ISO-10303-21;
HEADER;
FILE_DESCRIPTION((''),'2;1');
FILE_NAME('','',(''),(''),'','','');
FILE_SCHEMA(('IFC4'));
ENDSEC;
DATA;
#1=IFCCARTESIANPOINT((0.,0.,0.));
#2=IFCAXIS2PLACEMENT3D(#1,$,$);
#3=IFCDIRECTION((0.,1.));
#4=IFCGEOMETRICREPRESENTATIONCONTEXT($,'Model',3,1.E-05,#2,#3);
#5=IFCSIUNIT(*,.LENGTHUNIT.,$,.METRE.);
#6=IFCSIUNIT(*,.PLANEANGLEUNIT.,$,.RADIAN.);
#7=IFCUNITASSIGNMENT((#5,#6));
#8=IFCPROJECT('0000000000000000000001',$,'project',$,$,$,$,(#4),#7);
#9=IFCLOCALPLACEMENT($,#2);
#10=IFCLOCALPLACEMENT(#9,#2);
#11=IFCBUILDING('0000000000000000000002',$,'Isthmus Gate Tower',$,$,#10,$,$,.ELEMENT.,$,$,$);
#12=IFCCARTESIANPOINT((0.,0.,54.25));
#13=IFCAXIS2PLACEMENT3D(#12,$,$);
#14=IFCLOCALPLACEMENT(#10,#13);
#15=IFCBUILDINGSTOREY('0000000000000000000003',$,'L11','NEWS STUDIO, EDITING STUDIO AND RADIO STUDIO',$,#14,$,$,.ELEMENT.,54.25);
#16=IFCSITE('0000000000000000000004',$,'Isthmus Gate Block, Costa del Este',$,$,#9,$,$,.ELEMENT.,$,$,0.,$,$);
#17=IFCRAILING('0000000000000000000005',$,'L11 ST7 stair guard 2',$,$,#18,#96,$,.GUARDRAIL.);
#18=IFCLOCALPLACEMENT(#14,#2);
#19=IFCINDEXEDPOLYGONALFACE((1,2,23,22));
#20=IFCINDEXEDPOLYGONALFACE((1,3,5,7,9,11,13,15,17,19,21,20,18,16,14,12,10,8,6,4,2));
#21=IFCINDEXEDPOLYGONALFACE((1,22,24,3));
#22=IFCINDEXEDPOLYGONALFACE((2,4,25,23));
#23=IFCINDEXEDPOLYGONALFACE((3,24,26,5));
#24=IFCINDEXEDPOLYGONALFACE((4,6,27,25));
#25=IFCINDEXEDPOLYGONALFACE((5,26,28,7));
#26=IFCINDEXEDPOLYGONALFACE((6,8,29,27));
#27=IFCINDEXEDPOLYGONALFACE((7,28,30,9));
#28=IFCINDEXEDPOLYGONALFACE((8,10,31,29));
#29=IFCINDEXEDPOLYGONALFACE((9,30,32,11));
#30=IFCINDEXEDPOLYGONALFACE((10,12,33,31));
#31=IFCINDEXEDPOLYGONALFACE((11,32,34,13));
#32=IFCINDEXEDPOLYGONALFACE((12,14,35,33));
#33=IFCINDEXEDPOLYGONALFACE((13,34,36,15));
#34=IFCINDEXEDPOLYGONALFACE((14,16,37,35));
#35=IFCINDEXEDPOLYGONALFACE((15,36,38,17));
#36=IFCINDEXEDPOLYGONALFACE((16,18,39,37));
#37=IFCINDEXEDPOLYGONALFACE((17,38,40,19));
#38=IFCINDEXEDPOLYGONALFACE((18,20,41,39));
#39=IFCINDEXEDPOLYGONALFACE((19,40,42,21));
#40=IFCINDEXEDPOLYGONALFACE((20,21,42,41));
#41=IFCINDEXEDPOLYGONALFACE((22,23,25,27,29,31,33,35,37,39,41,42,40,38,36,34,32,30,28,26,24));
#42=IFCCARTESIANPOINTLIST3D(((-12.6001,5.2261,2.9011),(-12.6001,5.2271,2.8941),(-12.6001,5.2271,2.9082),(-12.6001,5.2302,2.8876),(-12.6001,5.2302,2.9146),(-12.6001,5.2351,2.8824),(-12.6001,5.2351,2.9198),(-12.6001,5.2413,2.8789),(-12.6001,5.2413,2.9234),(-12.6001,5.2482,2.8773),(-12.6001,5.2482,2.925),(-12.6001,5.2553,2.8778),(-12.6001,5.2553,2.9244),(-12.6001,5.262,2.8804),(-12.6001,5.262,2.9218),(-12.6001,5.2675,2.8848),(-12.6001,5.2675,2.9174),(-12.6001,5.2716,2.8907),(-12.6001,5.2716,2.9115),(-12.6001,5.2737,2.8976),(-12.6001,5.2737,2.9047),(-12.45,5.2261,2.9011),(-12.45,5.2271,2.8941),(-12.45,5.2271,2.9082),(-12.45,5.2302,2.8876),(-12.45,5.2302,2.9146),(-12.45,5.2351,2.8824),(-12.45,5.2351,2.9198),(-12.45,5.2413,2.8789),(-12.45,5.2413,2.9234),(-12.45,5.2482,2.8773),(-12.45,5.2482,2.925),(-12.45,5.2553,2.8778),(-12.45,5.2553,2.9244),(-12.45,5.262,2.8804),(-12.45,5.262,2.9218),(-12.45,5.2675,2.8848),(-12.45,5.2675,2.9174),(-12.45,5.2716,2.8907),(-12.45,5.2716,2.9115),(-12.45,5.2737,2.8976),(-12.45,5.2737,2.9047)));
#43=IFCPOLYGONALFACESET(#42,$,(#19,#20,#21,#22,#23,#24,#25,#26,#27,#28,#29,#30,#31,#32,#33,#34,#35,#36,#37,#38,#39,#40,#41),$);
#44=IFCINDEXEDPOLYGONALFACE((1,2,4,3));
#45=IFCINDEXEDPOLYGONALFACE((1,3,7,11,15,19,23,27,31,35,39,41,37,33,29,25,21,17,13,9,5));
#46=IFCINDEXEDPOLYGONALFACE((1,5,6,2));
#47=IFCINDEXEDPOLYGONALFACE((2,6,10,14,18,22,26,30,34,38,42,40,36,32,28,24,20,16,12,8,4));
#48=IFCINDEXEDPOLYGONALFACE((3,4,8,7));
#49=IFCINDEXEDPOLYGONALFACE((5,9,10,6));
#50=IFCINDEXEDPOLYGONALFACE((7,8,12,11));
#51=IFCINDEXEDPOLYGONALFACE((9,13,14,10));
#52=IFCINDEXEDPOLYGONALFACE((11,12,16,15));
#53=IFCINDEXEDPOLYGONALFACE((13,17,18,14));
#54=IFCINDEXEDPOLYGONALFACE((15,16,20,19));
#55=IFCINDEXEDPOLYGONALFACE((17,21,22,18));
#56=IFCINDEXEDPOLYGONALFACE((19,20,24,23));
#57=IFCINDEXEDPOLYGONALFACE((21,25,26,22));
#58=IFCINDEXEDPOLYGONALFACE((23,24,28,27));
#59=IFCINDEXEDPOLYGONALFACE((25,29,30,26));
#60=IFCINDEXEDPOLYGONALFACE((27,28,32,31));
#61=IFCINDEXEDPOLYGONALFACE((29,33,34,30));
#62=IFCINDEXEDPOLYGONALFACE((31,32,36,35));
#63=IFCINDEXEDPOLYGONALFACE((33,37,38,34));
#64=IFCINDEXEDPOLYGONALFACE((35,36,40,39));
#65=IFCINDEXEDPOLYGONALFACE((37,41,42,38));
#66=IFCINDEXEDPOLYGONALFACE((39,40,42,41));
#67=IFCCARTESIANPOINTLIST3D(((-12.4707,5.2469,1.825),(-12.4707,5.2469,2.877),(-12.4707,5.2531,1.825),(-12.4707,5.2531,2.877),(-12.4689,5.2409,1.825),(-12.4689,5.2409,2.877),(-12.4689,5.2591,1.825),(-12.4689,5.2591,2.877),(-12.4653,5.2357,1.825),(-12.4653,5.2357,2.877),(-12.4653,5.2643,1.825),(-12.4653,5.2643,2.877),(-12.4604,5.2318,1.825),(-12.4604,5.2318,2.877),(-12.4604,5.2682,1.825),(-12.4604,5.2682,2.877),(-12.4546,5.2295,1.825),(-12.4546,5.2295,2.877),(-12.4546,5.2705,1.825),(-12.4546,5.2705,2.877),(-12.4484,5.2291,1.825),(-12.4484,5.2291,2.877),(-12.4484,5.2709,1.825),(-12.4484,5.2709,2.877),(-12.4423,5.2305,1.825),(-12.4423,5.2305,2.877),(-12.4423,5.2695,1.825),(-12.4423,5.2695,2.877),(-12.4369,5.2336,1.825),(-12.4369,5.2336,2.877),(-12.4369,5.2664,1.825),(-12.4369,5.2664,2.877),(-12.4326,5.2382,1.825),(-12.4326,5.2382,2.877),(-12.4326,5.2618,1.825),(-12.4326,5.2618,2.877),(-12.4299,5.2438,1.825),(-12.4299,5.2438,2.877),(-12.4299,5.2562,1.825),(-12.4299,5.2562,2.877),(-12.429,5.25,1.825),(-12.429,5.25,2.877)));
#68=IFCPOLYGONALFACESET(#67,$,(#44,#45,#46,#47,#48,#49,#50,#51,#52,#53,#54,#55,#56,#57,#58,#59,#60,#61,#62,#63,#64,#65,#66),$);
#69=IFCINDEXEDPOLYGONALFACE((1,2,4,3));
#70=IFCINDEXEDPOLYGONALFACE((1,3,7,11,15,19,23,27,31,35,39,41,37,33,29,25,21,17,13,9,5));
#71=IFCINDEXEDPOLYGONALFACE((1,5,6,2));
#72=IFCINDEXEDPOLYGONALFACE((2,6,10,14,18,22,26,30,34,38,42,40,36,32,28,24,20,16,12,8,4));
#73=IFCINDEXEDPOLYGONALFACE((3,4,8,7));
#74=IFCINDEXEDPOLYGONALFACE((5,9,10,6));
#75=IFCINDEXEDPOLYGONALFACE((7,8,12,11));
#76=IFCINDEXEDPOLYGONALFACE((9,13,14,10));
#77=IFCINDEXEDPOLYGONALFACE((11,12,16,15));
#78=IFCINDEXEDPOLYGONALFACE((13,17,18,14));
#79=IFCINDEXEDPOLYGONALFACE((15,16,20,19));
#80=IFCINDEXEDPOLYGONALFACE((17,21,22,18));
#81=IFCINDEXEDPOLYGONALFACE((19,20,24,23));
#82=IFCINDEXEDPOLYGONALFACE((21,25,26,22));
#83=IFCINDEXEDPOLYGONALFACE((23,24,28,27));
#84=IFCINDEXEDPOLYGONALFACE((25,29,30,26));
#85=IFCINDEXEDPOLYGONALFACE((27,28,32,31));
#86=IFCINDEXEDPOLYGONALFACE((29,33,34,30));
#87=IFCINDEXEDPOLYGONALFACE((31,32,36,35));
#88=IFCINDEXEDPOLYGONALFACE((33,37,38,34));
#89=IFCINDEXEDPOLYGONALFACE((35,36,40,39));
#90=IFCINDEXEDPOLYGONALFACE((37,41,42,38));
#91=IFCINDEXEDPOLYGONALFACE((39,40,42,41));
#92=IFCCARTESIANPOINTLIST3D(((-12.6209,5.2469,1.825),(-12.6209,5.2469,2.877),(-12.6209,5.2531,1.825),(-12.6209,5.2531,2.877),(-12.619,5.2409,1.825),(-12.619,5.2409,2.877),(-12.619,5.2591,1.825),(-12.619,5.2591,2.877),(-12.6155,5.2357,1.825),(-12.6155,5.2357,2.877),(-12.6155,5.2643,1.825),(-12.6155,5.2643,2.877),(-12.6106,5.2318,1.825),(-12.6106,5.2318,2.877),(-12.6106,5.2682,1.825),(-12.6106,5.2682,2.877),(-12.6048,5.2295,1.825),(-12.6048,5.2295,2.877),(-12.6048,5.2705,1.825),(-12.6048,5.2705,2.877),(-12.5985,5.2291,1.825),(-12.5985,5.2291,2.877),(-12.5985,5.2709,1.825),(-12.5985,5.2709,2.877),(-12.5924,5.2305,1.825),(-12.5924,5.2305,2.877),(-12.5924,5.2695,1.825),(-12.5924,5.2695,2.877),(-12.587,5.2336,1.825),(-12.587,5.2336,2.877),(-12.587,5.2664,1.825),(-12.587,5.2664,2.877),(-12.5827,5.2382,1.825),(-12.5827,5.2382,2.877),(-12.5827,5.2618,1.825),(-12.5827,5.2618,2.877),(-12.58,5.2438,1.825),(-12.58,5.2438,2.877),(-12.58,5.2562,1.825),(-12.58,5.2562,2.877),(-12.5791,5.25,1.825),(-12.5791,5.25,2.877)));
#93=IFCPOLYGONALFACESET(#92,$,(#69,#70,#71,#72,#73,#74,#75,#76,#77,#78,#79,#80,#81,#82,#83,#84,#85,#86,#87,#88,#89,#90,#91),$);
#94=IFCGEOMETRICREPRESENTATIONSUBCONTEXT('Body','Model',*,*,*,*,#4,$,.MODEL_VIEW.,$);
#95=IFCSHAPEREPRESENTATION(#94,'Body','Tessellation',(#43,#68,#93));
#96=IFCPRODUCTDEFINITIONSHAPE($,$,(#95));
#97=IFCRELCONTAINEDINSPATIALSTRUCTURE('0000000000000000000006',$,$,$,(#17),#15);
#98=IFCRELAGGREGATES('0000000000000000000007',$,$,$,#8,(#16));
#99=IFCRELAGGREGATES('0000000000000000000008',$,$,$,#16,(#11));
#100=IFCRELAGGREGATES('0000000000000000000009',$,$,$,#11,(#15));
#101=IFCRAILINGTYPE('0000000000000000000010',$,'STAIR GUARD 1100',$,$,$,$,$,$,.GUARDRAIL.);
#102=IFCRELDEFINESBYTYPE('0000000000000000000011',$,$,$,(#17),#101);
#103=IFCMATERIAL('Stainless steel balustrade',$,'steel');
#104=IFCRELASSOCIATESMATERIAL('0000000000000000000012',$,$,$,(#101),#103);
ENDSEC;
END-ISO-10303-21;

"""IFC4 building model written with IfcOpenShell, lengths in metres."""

from ifc_helpers import new_model, si_unit, direction, frame, origin, origin_2d, place, context, subcontext, project, spatial, circle, extrude, material, type_object, element, save


model = new_model("IFC4")

# Units and contexts
model_context = context("Model", 3, precision=1e-05, world=origin(), true_north=direction((0.0, 1.0)))
body_context = subcontext(model_context, "Body", "Model", "MODEL_VIEW")
ifc_project = project(units=[si_unit("LENGTHUNIT", "METRE"), si_unit("PLANEANGLEUNIT", "RADIAN")], contexts=[model_context])

# Site, building, storey
site_placement = place(None, origin())
site = spatial("IfcSite", under=ifc_project, at=site_placement, Name="Isthmus Gate Block, Costa del Este", CompositionType="ELEMENT", RefElevation=0.0)
building_placement = place(site_placement, origin())
building = spatial("IfcBuilding", under=site, at=building_placement, Name="Isthmus Gate Tower", CompositionType="ELEMENT")
storey_placement = place(building_placement, frame((0.0, 0.0, 54.25)))
storey = spatial("IfcBuildingStorey", under=building, at=storey_placement, Name="L11", Description="NEWS STUDIO, EDITING STUDIO AND RADIO STUDIO", CompositionType="ELEMENT", Elevation=54.25)

# Railing
ifc_material_1 = material(Name="Stainless steel balustrade", Category="steel")
railing_type_1 = type_object("IfcRailingType", Name="STAIR GUARD 1100", PredefinedType="GUARDRAIL", material=ifc_material_1)
railing_1_placement = place(storey_placement, frame((-12.45, 5.25, 1.825)))
element("IfcRailing", 1, at=railing_1_placement, inside=storey, type_object=railing_type_1, Name="L11 ST7 stair guard 2", PredefinedType="GUARDRAIL", context=body_context, shape_type="SweptSolid", body=[
    extrude(circle(Radius=0.0239, at=origin_2d()), frame((0.0, 0.0, 1.0762), z_axis=(-1.0, 0.0, 0.0), x_axis=(0.0, -1.0, 0.0)), (0.0, 0.0, 1.0), 0.1501),
    extrude(circle(Radius=0.021, at=origin_2d()), origin(), (0.0, 0.0, 1.0), 1.052),
    extrude(circle(Radius=0.021, at=origin_2d()), frame((-0.1501, 0.0, 0.0)), (0.0, 0.0, 1.0), 1.052),
])

save(model, "model.ifc")
